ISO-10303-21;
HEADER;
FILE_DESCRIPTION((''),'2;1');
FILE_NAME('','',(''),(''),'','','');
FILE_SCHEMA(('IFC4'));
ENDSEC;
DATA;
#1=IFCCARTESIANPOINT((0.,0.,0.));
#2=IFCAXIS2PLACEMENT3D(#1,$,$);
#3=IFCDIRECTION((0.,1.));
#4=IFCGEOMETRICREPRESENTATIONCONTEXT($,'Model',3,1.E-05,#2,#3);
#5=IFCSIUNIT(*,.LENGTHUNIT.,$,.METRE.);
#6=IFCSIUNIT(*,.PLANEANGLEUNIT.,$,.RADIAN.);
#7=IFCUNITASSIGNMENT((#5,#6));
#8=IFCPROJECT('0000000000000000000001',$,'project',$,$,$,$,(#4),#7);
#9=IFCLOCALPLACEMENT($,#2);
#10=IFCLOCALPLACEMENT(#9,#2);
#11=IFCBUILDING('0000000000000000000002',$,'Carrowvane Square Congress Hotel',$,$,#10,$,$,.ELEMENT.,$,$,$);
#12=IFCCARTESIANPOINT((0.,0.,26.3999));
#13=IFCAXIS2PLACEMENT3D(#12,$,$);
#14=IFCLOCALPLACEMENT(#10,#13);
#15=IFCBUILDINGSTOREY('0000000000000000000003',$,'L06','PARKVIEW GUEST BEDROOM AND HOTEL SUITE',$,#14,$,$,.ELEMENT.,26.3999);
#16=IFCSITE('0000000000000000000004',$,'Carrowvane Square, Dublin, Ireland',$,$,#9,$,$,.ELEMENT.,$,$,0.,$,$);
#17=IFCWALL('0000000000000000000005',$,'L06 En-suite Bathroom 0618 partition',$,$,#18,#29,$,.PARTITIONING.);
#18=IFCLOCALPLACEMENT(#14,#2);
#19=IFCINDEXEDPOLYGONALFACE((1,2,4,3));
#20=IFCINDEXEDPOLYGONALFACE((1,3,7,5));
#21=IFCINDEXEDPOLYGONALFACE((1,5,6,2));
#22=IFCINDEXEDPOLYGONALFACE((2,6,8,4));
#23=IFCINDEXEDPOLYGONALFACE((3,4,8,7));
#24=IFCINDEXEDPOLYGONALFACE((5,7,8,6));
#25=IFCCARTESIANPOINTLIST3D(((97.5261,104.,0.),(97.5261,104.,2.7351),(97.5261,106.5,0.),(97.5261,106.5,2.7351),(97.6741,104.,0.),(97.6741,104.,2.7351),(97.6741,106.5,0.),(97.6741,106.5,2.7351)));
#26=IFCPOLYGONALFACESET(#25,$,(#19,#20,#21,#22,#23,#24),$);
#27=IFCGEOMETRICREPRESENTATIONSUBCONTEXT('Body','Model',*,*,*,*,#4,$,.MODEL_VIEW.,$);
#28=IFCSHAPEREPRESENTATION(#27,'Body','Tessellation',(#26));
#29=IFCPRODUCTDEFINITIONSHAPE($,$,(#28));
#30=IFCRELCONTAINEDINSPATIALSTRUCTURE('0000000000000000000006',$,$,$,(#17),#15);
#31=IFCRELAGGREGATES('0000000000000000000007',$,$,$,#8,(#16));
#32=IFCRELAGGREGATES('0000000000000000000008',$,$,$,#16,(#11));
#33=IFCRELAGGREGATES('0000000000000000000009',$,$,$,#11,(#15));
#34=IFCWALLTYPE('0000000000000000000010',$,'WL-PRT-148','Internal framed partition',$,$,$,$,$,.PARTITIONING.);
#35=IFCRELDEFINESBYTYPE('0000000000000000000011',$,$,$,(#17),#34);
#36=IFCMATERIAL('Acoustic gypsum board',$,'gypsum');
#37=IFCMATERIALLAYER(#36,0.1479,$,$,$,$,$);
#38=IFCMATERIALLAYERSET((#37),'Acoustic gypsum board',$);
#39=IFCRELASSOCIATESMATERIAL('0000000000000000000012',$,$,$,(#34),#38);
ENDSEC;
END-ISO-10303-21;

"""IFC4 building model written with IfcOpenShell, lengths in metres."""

from ifc_helpers import new_model, si_unit, direction, frame, frame_2d, origin, place, context, subcontext, project, spatial, rectangle, extrude, material, layer, layer_set, type_object, element, save


model = new_model("IFC4")

# Units and contexts
model_context = context("Model", 3, precision=1e-05, world=origin(), true_north=direction((0.0, 1.0)))
body_context = subcontext(model_context, "Body", "Model", "MODEL_VIEW")
ifc_project = project(units=[si_unit("LENGTHUNIT", "METRE"), si_unit("PLANEANGLEUNIT", "RADIAN")], contexts=[model_context])

# Site, building, storey
site_placement = place(None, origin())
site = spatial("IfcSite", under=ifc_project, at=site_placement, Name="Carrowvane Square, Dublin, Ireland", CompositionType="ELEMENT", RefElevation=0.0)
building_placement = place(site_placement, origin())
building = spatial("IfcBuilding", under=site, at=building_placement, Name="Carrowvane Square Congress Hotel", CompositionType="ELEMENT")
storey_placement = place(building_placement, frame((0.0, 0.0, 26.3999)))
storey = spatial("IfcBuildingStorey", under=building, at=storey_placement, Name="L06", Description="PARKVIEW GUEST BEDROOM AND HOTEL SUITE", CompositionType="ELEMENT", Elevation=26.3999)

# Wall
ifc_material_1 = material(Name="Acoustic gypsum board", Category="gypsum")
ifc_layer_1 = layer(ifc_material_1, 0.1479)
ifc_layer_set_1 = layer_set([ifc_layer_1], Name="Acoustic gypsum board")
wall_type_1 = type_object("IfcWallType", Name="WL-PRT-148", Description="Internal framed partition", PredefinedType="PARTITIONING", material=ifc_layer_set_1)
wall_1_placement = place(storey_placement, frame((97.6001, 106.5, 0.0), z_axis=(0.0, 0.0, 1.0), x_axis=(0.0, -1.0, 0.0)))
element("IfcWall", 1, at=wall_1_placement, inside=storey, type_object=wall_type_1, Name="L06 En-suite Bathroom 0618 partition", PredefinedType="PARTITIONING", context=body_context, shape_type="SweptSolid", body=[
    extrude(rectangle(XDim=2.5, YDim=0.1479, at=frame_2d((1.25, 0.0))), origin(), (0.0, 0.0, 1.0), 2.7351),
])

save(model, "model.ifc")
